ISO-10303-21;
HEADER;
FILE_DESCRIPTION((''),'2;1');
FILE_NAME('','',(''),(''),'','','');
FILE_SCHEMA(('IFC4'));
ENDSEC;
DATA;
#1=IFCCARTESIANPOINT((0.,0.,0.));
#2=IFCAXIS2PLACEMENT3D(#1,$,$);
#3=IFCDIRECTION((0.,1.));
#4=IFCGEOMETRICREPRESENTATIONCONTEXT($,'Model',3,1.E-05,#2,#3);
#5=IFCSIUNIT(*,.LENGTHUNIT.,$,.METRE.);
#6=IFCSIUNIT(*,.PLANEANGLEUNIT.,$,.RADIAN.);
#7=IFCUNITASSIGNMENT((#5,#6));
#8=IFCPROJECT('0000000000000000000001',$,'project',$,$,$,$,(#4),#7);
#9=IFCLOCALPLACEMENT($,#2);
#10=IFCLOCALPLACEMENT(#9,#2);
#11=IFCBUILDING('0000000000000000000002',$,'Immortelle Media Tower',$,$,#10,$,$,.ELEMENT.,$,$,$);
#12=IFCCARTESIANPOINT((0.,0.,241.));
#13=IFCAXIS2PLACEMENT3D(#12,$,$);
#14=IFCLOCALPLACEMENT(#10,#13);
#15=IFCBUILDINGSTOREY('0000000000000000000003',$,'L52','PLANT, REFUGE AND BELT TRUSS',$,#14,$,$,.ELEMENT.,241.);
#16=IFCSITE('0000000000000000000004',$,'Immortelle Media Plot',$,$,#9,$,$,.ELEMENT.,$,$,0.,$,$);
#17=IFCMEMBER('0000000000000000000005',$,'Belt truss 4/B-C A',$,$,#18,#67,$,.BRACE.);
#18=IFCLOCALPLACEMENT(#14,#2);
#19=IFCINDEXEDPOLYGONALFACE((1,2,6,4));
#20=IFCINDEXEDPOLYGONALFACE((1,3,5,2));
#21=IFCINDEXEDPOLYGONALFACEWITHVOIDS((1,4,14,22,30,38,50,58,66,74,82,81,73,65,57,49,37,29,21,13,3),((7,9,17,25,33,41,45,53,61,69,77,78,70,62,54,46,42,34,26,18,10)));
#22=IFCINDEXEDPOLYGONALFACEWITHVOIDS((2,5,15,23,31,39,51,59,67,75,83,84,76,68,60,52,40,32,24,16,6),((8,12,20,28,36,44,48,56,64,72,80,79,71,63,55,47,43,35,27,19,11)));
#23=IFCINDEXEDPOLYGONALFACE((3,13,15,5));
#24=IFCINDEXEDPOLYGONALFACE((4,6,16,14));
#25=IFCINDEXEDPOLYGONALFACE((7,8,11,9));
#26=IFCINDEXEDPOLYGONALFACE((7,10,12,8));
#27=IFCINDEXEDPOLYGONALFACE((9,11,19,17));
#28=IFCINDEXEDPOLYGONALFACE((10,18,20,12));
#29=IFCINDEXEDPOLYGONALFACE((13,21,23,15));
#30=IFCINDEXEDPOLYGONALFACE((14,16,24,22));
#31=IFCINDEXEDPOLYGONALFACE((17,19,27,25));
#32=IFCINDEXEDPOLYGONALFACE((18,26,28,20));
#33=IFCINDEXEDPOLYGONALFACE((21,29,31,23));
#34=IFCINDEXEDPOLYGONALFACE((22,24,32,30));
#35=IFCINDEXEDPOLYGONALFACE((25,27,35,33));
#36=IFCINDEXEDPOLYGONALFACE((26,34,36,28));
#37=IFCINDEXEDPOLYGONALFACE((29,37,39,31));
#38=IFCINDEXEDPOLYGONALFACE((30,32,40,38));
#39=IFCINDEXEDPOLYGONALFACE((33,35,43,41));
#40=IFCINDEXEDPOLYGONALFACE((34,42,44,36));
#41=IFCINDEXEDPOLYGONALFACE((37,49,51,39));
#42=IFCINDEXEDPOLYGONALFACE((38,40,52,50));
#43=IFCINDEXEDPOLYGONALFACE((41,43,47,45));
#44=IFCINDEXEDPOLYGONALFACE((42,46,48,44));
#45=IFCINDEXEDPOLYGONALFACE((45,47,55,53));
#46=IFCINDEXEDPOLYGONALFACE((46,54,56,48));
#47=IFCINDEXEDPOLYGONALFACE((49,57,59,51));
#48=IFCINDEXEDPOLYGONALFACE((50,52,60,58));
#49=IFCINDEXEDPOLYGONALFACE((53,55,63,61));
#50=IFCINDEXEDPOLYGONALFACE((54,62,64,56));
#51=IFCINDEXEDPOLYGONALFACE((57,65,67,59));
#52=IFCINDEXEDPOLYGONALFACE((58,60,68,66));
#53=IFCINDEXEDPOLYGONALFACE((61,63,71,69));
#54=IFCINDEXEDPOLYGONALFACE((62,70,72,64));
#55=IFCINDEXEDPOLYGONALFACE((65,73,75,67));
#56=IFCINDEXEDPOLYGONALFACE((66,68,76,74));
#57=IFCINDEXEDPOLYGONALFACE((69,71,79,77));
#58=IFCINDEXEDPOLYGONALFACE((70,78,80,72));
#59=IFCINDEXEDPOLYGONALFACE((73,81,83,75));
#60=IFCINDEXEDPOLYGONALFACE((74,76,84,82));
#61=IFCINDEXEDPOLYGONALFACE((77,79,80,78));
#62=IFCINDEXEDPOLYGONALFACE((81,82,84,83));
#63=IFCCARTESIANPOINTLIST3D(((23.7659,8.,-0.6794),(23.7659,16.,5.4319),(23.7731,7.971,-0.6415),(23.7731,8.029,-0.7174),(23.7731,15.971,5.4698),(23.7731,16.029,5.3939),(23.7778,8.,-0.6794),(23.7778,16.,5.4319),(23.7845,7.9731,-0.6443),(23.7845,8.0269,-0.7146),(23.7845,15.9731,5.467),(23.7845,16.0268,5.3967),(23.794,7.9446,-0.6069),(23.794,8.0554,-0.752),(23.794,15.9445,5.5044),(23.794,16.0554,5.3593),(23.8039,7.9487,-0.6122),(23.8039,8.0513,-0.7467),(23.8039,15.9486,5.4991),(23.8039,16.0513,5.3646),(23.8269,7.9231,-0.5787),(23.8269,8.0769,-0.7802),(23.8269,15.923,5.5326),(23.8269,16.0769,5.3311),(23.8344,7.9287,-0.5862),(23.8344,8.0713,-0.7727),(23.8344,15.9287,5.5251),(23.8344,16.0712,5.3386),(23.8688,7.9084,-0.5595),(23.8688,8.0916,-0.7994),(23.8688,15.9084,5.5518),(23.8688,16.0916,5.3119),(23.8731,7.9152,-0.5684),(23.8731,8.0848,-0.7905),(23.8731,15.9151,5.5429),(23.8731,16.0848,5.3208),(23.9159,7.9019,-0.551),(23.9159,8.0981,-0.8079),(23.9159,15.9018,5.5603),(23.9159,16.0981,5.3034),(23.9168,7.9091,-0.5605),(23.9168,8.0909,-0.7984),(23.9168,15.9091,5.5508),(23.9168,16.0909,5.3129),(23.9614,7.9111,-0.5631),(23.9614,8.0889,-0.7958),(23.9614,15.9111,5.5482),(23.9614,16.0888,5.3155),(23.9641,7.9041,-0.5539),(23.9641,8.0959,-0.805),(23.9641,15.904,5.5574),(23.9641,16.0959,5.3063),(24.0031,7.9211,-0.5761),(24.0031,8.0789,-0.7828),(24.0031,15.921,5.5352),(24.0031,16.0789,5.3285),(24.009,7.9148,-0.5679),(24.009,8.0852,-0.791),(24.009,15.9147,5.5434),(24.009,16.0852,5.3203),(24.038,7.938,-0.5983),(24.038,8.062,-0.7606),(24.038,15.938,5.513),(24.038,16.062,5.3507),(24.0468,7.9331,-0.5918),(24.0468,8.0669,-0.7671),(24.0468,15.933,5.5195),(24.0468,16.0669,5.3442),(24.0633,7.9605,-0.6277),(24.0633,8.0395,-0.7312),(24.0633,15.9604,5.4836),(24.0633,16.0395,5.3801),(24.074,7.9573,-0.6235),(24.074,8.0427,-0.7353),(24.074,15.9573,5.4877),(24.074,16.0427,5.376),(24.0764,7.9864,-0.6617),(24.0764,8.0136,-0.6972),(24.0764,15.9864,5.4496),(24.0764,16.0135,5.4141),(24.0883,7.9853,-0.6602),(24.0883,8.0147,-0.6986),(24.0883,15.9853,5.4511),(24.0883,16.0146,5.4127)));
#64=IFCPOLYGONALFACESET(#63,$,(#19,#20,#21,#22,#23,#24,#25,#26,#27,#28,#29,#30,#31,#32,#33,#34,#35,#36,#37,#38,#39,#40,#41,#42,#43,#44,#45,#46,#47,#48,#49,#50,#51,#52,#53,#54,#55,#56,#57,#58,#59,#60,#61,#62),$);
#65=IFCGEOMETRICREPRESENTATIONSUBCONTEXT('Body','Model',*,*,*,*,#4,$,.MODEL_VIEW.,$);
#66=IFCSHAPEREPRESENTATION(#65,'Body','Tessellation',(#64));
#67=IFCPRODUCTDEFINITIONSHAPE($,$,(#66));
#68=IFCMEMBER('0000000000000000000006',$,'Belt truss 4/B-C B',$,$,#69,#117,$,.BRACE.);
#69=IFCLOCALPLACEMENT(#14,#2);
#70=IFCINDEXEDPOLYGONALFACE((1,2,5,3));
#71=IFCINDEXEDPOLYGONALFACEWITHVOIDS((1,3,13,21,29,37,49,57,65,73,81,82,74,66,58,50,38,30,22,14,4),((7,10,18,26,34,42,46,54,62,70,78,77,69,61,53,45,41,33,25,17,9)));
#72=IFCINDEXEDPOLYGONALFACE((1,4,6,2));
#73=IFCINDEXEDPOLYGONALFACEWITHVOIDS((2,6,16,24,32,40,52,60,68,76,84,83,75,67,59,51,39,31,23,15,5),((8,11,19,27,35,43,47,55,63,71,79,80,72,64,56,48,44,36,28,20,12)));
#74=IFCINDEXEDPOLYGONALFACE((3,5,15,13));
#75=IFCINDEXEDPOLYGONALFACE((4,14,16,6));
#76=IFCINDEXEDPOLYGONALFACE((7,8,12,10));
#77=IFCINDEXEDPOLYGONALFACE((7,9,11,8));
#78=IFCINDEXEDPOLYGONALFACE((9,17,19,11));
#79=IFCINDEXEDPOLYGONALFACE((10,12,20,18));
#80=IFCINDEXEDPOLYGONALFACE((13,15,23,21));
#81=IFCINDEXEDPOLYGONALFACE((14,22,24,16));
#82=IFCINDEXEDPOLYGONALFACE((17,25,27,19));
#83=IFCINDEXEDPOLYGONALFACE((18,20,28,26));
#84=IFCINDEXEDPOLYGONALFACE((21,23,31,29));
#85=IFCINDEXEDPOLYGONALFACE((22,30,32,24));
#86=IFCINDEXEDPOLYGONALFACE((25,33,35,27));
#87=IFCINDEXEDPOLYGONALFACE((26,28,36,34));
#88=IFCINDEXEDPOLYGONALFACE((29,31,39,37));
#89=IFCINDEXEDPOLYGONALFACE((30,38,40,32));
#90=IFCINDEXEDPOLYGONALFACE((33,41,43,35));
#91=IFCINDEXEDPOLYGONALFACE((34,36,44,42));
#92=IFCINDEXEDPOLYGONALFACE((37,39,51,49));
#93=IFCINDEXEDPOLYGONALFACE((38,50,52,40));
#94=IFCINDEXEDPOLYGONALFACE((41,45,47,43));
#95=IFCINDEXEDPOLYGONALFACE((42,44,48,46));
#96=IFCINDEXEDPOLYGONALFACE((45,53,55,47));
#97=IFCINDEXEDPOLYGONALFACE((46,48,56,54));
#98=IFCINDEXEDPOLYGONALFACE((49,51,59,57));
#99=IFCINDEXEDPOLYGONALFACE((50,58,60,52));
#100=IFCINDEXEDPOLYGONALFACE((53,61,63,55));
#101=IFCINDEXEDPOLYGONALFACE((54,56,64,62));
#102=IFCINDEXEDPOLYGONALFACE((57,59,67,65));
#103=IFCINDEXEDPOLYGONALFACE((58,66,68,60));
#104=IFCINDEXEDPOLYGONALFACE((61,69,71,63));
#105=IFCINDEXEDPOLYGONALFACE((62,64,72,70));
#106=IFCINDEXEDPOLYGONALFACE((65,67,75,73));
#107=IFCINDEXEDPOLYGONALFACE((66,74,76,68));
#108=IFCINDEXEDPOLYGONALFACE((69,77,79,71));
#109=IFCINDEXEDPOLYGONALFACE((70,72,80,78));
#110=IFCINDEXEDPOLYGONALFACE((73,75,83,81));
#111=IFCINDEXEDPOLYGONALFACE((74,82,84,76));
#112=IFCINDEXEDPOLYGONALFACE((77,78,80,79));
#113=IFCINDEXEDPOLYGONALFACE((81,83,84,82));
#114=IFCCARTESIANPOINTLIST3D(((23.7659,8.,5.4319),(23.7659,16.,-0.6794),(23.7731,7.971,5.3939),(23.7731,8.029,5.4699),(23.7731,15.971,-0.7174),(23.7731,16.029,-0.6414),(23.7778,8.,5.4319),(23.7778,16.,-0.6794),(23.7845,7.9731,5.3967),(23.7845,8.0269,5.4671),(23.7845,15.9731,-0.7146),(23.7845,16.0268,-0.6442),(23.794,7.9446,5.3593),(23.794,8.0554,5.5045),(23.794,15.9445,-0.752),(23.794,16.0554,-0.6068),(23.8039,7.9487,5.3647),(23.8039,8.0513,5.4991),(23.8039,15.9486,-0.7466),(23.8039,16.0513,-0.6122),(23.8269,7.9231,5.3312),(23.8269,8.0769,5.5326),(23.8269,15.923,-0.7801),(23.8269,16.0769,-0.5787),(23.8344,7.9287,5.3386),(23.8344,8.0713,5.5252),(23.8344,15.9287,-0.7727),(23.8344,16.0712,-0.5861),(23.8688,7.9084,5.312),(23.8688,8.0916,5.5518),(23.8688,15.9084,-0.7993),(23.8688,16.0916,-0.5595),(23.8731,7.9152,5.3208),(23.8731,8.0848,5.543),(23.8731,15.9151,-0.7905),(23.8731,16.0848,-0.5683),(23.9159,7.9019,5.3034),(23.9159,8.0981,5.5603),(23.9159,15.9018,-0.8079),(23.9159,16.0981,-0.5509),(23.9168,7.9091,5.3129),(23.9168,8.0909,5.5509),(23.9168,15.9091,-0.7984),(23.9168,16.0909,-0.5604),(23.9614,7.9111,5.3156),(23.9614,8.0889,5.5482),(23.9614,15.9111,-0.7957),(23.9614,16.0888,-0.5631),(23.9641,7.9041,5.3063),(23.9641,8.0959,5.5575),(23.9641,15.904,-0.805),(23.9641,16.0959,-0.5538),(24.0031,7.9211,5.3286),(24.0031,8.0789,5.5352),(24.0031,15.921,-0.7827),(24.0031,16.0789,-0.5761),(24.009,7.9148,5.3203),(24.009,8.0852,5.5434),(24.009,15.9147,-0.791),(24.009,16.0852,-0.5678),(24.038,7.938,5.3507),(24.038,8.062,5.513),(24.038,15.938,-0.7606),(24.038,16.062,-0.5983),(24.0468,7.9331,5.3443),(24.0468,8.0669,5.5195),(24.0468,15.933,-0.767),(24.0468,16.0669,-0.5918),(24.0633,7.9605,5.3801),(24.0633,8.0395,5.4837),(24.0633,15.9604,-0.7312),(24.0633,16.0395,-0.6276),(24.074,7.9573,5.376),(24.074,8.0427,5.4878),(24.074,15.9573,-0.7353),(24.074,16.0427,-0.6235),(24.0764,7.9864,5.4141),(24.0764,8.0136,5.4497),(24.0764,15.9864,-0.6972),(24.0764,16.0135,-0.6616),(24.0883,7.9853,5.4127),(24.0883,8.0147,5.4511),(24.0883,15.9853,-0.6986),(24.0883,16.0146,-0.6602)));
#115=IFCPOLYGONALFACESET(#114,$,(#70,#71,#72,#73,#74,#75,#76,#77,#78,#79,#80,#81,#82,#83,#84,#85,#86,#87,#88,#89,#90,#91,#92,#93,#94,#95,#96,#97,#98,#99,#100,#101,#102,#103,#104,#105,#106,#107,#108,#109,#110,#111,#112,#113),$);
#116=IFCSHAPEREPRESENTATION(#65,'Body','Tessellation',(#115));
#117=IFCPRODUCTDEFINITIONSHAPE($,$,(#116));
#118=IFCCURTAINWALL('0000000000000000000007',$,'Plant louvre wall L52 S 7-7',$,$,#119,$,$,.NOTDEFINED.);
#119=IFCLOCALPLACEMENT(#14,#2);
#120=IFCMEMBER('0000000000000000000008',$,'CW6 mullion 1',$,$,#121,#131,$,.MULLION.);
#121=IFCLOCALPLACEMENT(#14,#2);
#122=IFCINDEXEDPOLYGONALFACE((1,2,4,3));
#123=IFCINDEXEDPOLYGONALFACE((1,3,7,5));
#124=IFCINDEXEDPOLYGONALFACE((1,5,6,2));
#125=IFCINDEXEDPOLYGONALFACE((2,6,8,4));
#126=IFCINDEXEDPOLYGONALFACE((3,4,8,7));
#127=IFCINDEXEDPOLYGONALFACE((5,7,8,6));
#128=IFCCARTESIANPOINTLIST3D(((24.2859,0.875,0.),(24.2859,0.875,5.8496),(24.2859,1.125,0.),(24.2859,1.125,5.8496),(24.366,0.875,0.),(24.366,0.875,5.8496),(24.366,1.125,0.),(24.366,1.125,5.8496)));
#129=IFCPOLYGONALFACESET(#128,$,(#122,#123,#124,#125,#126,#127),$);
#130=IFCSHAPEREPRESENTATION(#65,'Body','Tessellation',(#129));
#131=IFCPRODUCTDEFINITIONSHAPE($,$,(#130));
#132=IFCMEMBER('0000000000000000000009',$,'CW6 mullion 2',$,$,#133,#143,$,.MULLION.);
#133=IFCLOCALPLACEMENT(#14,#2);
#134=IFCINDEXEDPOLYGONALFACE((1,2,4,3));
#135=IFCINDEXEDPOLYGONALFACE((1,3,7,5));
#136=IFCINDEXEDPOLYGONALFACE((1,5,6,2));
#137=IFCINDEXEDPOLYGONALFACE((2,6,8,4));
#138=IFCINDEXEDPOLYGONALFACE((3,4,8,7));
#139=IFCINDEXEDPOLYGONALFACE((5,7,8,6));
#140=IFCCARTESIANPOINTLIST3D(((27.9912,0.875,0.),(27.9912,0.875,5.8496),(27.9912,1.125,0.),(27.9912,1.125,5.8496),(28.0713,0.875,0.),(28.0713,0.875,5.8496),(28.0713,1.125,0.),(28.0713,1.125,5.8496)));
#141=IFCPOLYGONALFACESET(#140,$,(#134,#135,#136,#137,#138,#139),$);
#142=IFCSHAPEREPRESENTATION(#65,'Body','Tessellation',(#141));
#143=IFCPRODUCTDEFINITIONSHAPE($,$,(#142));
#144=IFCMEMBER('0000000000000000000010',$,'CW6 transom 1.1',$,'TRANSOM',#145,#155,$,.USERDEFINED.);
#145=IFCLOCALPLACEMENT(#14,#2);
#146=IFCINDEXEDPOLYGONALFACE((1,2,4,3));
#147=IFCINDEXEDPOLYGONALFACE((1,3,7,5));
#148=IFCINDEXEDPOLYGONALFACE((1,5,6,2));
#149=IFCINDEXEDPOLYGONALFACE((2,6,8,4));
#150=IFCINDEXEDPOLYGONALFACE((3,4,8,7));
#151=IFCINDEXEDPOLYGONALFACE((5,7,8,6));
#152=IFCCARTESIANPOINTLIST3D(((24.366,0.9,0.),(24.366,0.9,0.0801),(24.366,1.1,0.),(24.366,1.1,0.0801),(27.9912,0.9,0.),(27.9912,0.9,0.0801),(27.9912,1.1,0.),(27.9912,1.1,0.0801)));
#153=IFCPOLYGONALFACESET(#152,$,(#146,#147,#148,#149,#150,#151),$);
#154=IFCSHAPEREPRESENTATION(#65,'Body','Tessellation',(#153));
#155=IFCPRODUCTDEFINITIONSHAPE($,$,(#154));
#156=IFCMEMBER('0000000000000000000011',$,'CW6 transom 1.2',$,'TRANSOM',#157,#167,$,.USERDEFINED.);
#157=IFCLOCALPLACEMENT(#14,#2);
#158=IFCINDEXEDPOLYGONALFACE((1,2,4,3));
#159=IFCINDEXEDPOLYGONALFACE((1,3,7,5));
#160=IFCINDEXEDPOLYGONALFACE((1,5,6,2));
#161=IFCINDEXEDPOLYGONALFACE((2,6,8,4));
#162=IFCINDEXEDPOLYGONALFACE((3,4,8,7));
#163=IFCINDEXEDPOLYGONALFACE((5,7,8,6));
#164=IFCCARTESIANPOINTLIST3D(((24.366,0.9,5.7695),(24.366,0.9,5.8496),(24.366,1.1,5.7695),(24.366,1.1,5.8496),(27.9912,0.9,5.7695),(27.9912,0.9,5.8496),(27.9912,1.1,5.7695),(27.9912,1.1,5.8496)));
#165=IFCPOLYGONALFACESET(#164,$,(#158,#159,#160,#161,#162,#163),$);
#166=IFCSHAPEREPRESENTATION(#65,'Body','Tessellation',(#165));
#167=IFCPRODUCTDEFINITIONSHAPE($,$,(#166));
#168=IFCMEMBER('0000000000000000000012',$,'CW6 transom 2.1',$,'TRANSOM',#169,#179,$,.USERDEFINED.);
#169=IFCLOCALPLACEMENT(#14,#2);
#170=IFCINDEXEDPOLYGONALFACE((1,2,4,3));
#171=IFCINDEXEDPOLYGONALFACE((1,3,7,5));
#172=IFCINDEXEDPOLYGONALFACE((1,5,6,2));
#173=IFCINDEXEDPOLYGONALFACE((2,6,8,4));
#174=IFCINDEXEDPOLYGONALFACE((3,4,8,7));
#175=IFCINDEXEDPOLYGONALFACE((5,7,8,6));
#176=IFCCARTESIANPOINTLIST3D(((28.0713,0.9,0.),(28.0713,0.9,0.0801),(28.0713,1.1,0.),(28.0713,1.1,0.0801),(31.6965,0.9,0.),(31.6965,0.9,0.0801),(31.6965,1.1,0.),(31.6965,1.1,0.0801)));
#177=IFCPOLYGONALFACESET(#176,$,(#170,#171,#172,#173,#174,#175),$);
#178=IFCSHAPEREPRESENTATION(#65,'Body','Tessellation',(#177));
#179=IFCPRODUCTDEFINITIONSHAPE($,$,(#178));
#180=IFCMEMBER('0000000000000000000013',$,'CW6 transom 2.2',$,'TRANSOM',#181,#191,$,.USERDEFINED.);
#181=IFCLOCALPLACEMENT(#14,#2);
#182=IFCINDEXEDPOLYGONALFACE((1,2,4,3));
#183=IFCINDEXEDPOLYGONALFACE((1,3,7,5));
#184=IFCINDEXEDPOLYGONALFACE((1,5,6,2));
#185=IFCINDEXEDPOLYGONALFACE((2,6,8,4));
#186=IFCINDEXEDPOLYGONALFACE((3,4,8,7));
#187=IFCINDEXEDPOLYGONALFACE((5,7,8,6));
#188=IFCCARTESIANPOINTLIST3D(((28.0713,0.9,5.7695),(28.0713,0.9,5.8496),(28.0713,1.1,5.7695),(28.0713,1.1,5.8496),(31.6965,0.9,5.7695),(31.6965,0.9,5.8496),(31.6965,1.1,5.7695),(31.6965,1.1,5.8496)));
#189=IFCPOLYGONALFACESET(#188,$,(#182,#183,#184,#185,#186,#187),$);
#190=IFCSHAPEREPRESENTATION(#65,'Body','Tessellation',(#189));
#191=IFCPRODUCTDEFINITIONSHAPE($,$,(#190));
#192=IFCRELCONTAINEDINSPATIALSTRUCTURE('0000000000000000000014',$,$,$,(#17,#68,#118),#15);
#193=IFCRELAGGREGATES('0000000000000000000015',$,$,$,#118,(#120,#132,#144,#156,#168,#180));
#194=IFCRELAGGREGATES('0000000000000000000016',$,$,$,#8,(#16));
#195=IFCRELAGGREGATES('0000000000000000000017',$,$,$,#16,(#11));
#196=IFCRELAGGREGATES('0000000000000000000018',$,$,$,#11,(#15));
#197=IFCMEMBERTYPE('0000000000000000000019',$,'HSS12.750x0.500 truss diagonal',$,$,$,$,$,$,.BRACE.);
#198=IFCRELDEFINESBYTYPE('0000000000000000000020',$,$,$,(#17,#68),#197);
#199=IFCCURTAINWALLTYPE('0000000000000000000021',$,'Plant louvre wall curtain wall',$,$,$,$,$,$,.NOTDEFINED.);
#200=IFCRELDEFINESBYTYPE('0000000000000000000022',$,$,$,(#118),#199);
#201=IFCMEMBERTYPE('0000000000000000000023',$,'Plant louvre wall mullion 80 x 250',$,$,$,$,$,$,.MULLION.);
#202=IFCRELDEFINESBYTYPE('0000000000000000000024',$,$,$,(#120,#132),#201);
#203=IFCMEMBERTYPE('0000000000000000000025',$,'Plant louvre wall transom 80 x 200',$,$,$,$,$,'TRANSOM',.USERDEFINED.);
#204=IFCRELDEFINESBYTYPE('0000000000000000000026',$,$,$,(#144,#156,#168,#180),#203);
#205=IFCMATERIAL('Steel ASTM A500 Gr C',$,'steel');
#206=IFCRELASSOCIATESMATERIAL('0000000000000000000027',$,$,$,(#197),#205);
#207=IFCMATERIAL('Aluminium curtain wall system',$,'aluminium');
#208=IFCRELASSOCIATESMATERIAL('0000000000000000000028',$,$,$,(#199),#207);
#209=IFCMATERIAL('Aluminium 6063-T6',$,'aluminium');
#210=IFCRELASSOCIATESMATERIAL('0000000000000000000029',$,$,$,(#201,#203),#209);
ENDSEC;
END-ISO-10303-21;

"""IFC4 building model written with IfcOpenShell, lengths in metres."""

from ifc_helpers import new_model, si_unit, direction, frame, origin, origin_2d, place, context, subcontext, project, spatial, rectangle, hollow_circle, extrude, material, material_profile, profile_set, type_object, element, aggregate, save


model = new_model("IFC4")

# Units and contexts
model_context = context("Model", 3, precision=1e-05, world=origin(), true_north=direction((0.0, 1.0)))
body_context = subcontext(model_context, "Body", "Model", "MODEL_VIEW")
ifc_project = project(units=[si_unit("LENGTHUNIT", "METRE"), si_unit("PLANEANGLEUNIT", "RADIAN")], contexts=[model_context])

# Site, building, storey
site_placement = place(None, origin())
site = spatial("IfcSite", under=ifc_project, at=site_placement, Name="Immortelle Media Plot", CompositionType="ELEMENT", RefElevation=0.0)
building_placement = place(site_placement, origin())
building = spatial("IfcBuilding", under=site, at=building_placement, Name="Immortelle Media Tower", CompositionType="ELEMENT")
storey_placement = place(building_placement, frame((0.0, 0.0, 241.0)))
storey = spatial("IfcBuildingStorey", under=building, at=storey_placement, Name="L52", Description="PLANT, REFUGE AND BELT TRUSS", CompositionType="ELEMENT", Elevation=241.0)

# Members
ifc_material_1 = material(Name="Steel ASTM A500 Gr C", Category="steel")
ifc_material_profile_1 = material_profile(ifc_material_1, hollow_circle(Radius=0.1621, WallThickness=0.012, at=origin_2d()), Name="HSS12.750x0.500 truss diagonal")
ifc_profile_set_1 = profile_set([ifc_material_profile_1], Name="Steel ASTM A500 Gr C")
member_type_1 = type_object("IfcMemberType", Name="HSS12.750x0.500 truss diagonal", PredefinedType="BRACE", material=ifc_profile_set_1)
for number, where, z_axis, x_axis, name in (
    (1, (23.928, 8.0, -0.6794), (0.0, 0.794661, 0.607054), (-1.0, 0.0, 0.0), "Belt truss 4/B-C A"),
    (2, (23.928, 8.0, 5.4319), (0.0, 0.794661, -0.607054), (-1.0, 0.0, 0.0), "Belt truss 4/B-C B"),
):
    element("IfcMember", number, at=place(storey_placement, frame(where, z_axis=z_axis, x_axis=x_axis)), inside=storey, type_object=member_type_1, Name=name, PredefinedType="BRACE", context=body_context, shape_type="SweptSolid", body=[
        extrude(hollow_circle(Radius=0.1621, WallThickness=0.012, at=origin_2d()), origin(), (0.0, 0.0, 1.0), 10.0671),
    ])

# Curtain wall, members
ifc_material_2 = material(Name="Aluminium curtain wall system", Category="aluminium")
curtain_wall_type = type_object("IfcCurtainWallType", Name="Plant louvre wall curtain wall", PredefinedType="NOTDEFINED", material=ifc_material_2)
curtain_wall_placement = place(storey_placement, origin())
curtain_wall = element("IfcCurtainWall", 3, at=curtain_wall_placement, inside=storey, type_object=curtain_wall_type, Name="Plant louvre wall L52 S 7-7", PredefinedType="NOTDEFINED")
ifc_material_3 = material(Name="Aluminium 6063-T6", Category="aluminium")
ifc_material_profile_2 = material_profile(ifc_material_3, rectangle(XDim=0.25, YDim=0.0801, at=origin_2d()), Name="AL 80x250")
ifc_profile_set_2 = profile_set([ifc_material_profile_2], Name="Aluminium 6063-T6")
member_type_2 = type_object("IfcMemberType", Name="Plant louvre wall mullion 80 x 250", PredefinedType="MULLION", material=ifc_profile_set_2)
member_1_placement = place(storey_placement, frame((24.3259, 1.0, 0.0), z_axis=(0.0, 0.0, 1.0), x_axis=(0.0, 1.0, 0.0)))
member_1 = element("IfcMember", 4, at=member_1_placement, type_object=member_type_2, Name="CW6 mullion 1", PredefinedType="MULLION", context=body_context, shape_type="SweptSolid", body=[
    extrude(rectangle(XDim=0.25, YDim=0.0801, at=origin_2d()), origin(), (0.0, 0.0, 1.0), 5.8496),
])
member_2_placement = place(storey_placement, frame((28.0312, 1.0, 0.0), z_axis=(0.0, 0.0, 1.0), x_axis=(0.0, 1.0, 0.0)))
member_2 = element("IfcMember", 5, at=member_2_placement, type_object=member_type_2, Name="CW6 mullion 2", PredefinedType="MULLION", context=body_context, shape_type="SweptSolid", body=[
    extrude(rectangle(XDim=0.25, YDim=0.0801, at=origin_2d()), origin(), (0.0, 0.0, 1.0), 5.8496),
])
ifc_material_profile_3 = material_profile(ifc_material_3, rectangle(XDim=0.2, YDim=0.0801, at=origin_2d()), Name="AL 80x200")
ifc_profile_set_3 = profile_set([ifc_material_profile_3], Name="Aluminium 6063-T6")
member_type_3 = type_object("IfcMemberType", Name="Plant louvre wall transom 80 x 200", ElementType="TRANSOM", PredefinedType="USERDEFINED", material=ifc_profile_set_3)
member_3_placement = place(storey_placement, frame((24.366, 1.0, 0.04), z_axis=(1.0, 0.0, 0.0), x_axis=(0.0, 1.0, 0.0)))
member_3 = element("IfcMember", 6, at=member_3_placement, type_object=member_type_3, Name="CW6 transom 1.1", ObjectType="TRANSOM", PredefinedType="USERDEFINED", context=body_context, shape_type="SweptSolid", body=[
    extrude(rectangle(XDim=0.2, YDim=0.0801, at=origin_2d()), origin(), (0.0, 0.0, 1.0), 3.6252),
])
member_4_placement = place(storey_placement, frame((24.366, 1.0, 5.8096), z_axis=(1.0, 0.0, 0.0), x_axis=(0.0, 1.0, 0.0)))
member_4 = element("IfcMember", 7, at=member_4_placement, type_object=member_type_3, Name="CW6 transom 1.2", ObjectType="TRANSOM", PredefinedType="USERDEFINED", context=body_context, shape_type="SweptSolid", body=[
    extrude(rectangle(XDim=0.2, YDim=0.0801, at=origin_2d()), origin(), (0.0, 0.0, 1.0), 3.6252),
])
member_5_placement = place(storey_placement, frame((28.0713, 1.0, 0.04), z_axis=(1.0, 0.0, 0.0), x_axis=(0.0, 1.0, 0.0)))
member_5 = element("IfcMember", 8, at=member_5_placement, type_object=member_type_3, Name="CW6 transom 2.1", ObjectType="TRANSOM", PredefinedType="USERDEFINED", context=body_context, shape_type="SweptSolid", body=[
    extrude(rectangle(XDim=0.2, YDim=0.0801, at=origin_2d()), origin(), (0.0, 0.0, 1.0), 3.6252),
])
member_6_placement = place(storey_placement, frame((28.0713, 1.0, 5.8096), z_axis=(1.0, 0.0, 0.0), x_axis=(0.0, 1.0, 0.0)))
member_6 = element("IfcMember", 9, at=member_6_placement, type_object=member_type_3, Name="CW6 transom 2.2", ObjectType="TRANSOM", PredefinedType="USERDEFINED", context=body_context, shape_type="SweptSolid", body=[
    extrude(rectangle(XDim=0.2, YDim=0.0801, at=origin_2d()), origin(), (0.0, 0.0, 1.0), 3.6252),
])

aggregate(curtain_wall, [member_1, member_2, member_3, member_4, member_5, member_6])

save(model, "model.ifc")
